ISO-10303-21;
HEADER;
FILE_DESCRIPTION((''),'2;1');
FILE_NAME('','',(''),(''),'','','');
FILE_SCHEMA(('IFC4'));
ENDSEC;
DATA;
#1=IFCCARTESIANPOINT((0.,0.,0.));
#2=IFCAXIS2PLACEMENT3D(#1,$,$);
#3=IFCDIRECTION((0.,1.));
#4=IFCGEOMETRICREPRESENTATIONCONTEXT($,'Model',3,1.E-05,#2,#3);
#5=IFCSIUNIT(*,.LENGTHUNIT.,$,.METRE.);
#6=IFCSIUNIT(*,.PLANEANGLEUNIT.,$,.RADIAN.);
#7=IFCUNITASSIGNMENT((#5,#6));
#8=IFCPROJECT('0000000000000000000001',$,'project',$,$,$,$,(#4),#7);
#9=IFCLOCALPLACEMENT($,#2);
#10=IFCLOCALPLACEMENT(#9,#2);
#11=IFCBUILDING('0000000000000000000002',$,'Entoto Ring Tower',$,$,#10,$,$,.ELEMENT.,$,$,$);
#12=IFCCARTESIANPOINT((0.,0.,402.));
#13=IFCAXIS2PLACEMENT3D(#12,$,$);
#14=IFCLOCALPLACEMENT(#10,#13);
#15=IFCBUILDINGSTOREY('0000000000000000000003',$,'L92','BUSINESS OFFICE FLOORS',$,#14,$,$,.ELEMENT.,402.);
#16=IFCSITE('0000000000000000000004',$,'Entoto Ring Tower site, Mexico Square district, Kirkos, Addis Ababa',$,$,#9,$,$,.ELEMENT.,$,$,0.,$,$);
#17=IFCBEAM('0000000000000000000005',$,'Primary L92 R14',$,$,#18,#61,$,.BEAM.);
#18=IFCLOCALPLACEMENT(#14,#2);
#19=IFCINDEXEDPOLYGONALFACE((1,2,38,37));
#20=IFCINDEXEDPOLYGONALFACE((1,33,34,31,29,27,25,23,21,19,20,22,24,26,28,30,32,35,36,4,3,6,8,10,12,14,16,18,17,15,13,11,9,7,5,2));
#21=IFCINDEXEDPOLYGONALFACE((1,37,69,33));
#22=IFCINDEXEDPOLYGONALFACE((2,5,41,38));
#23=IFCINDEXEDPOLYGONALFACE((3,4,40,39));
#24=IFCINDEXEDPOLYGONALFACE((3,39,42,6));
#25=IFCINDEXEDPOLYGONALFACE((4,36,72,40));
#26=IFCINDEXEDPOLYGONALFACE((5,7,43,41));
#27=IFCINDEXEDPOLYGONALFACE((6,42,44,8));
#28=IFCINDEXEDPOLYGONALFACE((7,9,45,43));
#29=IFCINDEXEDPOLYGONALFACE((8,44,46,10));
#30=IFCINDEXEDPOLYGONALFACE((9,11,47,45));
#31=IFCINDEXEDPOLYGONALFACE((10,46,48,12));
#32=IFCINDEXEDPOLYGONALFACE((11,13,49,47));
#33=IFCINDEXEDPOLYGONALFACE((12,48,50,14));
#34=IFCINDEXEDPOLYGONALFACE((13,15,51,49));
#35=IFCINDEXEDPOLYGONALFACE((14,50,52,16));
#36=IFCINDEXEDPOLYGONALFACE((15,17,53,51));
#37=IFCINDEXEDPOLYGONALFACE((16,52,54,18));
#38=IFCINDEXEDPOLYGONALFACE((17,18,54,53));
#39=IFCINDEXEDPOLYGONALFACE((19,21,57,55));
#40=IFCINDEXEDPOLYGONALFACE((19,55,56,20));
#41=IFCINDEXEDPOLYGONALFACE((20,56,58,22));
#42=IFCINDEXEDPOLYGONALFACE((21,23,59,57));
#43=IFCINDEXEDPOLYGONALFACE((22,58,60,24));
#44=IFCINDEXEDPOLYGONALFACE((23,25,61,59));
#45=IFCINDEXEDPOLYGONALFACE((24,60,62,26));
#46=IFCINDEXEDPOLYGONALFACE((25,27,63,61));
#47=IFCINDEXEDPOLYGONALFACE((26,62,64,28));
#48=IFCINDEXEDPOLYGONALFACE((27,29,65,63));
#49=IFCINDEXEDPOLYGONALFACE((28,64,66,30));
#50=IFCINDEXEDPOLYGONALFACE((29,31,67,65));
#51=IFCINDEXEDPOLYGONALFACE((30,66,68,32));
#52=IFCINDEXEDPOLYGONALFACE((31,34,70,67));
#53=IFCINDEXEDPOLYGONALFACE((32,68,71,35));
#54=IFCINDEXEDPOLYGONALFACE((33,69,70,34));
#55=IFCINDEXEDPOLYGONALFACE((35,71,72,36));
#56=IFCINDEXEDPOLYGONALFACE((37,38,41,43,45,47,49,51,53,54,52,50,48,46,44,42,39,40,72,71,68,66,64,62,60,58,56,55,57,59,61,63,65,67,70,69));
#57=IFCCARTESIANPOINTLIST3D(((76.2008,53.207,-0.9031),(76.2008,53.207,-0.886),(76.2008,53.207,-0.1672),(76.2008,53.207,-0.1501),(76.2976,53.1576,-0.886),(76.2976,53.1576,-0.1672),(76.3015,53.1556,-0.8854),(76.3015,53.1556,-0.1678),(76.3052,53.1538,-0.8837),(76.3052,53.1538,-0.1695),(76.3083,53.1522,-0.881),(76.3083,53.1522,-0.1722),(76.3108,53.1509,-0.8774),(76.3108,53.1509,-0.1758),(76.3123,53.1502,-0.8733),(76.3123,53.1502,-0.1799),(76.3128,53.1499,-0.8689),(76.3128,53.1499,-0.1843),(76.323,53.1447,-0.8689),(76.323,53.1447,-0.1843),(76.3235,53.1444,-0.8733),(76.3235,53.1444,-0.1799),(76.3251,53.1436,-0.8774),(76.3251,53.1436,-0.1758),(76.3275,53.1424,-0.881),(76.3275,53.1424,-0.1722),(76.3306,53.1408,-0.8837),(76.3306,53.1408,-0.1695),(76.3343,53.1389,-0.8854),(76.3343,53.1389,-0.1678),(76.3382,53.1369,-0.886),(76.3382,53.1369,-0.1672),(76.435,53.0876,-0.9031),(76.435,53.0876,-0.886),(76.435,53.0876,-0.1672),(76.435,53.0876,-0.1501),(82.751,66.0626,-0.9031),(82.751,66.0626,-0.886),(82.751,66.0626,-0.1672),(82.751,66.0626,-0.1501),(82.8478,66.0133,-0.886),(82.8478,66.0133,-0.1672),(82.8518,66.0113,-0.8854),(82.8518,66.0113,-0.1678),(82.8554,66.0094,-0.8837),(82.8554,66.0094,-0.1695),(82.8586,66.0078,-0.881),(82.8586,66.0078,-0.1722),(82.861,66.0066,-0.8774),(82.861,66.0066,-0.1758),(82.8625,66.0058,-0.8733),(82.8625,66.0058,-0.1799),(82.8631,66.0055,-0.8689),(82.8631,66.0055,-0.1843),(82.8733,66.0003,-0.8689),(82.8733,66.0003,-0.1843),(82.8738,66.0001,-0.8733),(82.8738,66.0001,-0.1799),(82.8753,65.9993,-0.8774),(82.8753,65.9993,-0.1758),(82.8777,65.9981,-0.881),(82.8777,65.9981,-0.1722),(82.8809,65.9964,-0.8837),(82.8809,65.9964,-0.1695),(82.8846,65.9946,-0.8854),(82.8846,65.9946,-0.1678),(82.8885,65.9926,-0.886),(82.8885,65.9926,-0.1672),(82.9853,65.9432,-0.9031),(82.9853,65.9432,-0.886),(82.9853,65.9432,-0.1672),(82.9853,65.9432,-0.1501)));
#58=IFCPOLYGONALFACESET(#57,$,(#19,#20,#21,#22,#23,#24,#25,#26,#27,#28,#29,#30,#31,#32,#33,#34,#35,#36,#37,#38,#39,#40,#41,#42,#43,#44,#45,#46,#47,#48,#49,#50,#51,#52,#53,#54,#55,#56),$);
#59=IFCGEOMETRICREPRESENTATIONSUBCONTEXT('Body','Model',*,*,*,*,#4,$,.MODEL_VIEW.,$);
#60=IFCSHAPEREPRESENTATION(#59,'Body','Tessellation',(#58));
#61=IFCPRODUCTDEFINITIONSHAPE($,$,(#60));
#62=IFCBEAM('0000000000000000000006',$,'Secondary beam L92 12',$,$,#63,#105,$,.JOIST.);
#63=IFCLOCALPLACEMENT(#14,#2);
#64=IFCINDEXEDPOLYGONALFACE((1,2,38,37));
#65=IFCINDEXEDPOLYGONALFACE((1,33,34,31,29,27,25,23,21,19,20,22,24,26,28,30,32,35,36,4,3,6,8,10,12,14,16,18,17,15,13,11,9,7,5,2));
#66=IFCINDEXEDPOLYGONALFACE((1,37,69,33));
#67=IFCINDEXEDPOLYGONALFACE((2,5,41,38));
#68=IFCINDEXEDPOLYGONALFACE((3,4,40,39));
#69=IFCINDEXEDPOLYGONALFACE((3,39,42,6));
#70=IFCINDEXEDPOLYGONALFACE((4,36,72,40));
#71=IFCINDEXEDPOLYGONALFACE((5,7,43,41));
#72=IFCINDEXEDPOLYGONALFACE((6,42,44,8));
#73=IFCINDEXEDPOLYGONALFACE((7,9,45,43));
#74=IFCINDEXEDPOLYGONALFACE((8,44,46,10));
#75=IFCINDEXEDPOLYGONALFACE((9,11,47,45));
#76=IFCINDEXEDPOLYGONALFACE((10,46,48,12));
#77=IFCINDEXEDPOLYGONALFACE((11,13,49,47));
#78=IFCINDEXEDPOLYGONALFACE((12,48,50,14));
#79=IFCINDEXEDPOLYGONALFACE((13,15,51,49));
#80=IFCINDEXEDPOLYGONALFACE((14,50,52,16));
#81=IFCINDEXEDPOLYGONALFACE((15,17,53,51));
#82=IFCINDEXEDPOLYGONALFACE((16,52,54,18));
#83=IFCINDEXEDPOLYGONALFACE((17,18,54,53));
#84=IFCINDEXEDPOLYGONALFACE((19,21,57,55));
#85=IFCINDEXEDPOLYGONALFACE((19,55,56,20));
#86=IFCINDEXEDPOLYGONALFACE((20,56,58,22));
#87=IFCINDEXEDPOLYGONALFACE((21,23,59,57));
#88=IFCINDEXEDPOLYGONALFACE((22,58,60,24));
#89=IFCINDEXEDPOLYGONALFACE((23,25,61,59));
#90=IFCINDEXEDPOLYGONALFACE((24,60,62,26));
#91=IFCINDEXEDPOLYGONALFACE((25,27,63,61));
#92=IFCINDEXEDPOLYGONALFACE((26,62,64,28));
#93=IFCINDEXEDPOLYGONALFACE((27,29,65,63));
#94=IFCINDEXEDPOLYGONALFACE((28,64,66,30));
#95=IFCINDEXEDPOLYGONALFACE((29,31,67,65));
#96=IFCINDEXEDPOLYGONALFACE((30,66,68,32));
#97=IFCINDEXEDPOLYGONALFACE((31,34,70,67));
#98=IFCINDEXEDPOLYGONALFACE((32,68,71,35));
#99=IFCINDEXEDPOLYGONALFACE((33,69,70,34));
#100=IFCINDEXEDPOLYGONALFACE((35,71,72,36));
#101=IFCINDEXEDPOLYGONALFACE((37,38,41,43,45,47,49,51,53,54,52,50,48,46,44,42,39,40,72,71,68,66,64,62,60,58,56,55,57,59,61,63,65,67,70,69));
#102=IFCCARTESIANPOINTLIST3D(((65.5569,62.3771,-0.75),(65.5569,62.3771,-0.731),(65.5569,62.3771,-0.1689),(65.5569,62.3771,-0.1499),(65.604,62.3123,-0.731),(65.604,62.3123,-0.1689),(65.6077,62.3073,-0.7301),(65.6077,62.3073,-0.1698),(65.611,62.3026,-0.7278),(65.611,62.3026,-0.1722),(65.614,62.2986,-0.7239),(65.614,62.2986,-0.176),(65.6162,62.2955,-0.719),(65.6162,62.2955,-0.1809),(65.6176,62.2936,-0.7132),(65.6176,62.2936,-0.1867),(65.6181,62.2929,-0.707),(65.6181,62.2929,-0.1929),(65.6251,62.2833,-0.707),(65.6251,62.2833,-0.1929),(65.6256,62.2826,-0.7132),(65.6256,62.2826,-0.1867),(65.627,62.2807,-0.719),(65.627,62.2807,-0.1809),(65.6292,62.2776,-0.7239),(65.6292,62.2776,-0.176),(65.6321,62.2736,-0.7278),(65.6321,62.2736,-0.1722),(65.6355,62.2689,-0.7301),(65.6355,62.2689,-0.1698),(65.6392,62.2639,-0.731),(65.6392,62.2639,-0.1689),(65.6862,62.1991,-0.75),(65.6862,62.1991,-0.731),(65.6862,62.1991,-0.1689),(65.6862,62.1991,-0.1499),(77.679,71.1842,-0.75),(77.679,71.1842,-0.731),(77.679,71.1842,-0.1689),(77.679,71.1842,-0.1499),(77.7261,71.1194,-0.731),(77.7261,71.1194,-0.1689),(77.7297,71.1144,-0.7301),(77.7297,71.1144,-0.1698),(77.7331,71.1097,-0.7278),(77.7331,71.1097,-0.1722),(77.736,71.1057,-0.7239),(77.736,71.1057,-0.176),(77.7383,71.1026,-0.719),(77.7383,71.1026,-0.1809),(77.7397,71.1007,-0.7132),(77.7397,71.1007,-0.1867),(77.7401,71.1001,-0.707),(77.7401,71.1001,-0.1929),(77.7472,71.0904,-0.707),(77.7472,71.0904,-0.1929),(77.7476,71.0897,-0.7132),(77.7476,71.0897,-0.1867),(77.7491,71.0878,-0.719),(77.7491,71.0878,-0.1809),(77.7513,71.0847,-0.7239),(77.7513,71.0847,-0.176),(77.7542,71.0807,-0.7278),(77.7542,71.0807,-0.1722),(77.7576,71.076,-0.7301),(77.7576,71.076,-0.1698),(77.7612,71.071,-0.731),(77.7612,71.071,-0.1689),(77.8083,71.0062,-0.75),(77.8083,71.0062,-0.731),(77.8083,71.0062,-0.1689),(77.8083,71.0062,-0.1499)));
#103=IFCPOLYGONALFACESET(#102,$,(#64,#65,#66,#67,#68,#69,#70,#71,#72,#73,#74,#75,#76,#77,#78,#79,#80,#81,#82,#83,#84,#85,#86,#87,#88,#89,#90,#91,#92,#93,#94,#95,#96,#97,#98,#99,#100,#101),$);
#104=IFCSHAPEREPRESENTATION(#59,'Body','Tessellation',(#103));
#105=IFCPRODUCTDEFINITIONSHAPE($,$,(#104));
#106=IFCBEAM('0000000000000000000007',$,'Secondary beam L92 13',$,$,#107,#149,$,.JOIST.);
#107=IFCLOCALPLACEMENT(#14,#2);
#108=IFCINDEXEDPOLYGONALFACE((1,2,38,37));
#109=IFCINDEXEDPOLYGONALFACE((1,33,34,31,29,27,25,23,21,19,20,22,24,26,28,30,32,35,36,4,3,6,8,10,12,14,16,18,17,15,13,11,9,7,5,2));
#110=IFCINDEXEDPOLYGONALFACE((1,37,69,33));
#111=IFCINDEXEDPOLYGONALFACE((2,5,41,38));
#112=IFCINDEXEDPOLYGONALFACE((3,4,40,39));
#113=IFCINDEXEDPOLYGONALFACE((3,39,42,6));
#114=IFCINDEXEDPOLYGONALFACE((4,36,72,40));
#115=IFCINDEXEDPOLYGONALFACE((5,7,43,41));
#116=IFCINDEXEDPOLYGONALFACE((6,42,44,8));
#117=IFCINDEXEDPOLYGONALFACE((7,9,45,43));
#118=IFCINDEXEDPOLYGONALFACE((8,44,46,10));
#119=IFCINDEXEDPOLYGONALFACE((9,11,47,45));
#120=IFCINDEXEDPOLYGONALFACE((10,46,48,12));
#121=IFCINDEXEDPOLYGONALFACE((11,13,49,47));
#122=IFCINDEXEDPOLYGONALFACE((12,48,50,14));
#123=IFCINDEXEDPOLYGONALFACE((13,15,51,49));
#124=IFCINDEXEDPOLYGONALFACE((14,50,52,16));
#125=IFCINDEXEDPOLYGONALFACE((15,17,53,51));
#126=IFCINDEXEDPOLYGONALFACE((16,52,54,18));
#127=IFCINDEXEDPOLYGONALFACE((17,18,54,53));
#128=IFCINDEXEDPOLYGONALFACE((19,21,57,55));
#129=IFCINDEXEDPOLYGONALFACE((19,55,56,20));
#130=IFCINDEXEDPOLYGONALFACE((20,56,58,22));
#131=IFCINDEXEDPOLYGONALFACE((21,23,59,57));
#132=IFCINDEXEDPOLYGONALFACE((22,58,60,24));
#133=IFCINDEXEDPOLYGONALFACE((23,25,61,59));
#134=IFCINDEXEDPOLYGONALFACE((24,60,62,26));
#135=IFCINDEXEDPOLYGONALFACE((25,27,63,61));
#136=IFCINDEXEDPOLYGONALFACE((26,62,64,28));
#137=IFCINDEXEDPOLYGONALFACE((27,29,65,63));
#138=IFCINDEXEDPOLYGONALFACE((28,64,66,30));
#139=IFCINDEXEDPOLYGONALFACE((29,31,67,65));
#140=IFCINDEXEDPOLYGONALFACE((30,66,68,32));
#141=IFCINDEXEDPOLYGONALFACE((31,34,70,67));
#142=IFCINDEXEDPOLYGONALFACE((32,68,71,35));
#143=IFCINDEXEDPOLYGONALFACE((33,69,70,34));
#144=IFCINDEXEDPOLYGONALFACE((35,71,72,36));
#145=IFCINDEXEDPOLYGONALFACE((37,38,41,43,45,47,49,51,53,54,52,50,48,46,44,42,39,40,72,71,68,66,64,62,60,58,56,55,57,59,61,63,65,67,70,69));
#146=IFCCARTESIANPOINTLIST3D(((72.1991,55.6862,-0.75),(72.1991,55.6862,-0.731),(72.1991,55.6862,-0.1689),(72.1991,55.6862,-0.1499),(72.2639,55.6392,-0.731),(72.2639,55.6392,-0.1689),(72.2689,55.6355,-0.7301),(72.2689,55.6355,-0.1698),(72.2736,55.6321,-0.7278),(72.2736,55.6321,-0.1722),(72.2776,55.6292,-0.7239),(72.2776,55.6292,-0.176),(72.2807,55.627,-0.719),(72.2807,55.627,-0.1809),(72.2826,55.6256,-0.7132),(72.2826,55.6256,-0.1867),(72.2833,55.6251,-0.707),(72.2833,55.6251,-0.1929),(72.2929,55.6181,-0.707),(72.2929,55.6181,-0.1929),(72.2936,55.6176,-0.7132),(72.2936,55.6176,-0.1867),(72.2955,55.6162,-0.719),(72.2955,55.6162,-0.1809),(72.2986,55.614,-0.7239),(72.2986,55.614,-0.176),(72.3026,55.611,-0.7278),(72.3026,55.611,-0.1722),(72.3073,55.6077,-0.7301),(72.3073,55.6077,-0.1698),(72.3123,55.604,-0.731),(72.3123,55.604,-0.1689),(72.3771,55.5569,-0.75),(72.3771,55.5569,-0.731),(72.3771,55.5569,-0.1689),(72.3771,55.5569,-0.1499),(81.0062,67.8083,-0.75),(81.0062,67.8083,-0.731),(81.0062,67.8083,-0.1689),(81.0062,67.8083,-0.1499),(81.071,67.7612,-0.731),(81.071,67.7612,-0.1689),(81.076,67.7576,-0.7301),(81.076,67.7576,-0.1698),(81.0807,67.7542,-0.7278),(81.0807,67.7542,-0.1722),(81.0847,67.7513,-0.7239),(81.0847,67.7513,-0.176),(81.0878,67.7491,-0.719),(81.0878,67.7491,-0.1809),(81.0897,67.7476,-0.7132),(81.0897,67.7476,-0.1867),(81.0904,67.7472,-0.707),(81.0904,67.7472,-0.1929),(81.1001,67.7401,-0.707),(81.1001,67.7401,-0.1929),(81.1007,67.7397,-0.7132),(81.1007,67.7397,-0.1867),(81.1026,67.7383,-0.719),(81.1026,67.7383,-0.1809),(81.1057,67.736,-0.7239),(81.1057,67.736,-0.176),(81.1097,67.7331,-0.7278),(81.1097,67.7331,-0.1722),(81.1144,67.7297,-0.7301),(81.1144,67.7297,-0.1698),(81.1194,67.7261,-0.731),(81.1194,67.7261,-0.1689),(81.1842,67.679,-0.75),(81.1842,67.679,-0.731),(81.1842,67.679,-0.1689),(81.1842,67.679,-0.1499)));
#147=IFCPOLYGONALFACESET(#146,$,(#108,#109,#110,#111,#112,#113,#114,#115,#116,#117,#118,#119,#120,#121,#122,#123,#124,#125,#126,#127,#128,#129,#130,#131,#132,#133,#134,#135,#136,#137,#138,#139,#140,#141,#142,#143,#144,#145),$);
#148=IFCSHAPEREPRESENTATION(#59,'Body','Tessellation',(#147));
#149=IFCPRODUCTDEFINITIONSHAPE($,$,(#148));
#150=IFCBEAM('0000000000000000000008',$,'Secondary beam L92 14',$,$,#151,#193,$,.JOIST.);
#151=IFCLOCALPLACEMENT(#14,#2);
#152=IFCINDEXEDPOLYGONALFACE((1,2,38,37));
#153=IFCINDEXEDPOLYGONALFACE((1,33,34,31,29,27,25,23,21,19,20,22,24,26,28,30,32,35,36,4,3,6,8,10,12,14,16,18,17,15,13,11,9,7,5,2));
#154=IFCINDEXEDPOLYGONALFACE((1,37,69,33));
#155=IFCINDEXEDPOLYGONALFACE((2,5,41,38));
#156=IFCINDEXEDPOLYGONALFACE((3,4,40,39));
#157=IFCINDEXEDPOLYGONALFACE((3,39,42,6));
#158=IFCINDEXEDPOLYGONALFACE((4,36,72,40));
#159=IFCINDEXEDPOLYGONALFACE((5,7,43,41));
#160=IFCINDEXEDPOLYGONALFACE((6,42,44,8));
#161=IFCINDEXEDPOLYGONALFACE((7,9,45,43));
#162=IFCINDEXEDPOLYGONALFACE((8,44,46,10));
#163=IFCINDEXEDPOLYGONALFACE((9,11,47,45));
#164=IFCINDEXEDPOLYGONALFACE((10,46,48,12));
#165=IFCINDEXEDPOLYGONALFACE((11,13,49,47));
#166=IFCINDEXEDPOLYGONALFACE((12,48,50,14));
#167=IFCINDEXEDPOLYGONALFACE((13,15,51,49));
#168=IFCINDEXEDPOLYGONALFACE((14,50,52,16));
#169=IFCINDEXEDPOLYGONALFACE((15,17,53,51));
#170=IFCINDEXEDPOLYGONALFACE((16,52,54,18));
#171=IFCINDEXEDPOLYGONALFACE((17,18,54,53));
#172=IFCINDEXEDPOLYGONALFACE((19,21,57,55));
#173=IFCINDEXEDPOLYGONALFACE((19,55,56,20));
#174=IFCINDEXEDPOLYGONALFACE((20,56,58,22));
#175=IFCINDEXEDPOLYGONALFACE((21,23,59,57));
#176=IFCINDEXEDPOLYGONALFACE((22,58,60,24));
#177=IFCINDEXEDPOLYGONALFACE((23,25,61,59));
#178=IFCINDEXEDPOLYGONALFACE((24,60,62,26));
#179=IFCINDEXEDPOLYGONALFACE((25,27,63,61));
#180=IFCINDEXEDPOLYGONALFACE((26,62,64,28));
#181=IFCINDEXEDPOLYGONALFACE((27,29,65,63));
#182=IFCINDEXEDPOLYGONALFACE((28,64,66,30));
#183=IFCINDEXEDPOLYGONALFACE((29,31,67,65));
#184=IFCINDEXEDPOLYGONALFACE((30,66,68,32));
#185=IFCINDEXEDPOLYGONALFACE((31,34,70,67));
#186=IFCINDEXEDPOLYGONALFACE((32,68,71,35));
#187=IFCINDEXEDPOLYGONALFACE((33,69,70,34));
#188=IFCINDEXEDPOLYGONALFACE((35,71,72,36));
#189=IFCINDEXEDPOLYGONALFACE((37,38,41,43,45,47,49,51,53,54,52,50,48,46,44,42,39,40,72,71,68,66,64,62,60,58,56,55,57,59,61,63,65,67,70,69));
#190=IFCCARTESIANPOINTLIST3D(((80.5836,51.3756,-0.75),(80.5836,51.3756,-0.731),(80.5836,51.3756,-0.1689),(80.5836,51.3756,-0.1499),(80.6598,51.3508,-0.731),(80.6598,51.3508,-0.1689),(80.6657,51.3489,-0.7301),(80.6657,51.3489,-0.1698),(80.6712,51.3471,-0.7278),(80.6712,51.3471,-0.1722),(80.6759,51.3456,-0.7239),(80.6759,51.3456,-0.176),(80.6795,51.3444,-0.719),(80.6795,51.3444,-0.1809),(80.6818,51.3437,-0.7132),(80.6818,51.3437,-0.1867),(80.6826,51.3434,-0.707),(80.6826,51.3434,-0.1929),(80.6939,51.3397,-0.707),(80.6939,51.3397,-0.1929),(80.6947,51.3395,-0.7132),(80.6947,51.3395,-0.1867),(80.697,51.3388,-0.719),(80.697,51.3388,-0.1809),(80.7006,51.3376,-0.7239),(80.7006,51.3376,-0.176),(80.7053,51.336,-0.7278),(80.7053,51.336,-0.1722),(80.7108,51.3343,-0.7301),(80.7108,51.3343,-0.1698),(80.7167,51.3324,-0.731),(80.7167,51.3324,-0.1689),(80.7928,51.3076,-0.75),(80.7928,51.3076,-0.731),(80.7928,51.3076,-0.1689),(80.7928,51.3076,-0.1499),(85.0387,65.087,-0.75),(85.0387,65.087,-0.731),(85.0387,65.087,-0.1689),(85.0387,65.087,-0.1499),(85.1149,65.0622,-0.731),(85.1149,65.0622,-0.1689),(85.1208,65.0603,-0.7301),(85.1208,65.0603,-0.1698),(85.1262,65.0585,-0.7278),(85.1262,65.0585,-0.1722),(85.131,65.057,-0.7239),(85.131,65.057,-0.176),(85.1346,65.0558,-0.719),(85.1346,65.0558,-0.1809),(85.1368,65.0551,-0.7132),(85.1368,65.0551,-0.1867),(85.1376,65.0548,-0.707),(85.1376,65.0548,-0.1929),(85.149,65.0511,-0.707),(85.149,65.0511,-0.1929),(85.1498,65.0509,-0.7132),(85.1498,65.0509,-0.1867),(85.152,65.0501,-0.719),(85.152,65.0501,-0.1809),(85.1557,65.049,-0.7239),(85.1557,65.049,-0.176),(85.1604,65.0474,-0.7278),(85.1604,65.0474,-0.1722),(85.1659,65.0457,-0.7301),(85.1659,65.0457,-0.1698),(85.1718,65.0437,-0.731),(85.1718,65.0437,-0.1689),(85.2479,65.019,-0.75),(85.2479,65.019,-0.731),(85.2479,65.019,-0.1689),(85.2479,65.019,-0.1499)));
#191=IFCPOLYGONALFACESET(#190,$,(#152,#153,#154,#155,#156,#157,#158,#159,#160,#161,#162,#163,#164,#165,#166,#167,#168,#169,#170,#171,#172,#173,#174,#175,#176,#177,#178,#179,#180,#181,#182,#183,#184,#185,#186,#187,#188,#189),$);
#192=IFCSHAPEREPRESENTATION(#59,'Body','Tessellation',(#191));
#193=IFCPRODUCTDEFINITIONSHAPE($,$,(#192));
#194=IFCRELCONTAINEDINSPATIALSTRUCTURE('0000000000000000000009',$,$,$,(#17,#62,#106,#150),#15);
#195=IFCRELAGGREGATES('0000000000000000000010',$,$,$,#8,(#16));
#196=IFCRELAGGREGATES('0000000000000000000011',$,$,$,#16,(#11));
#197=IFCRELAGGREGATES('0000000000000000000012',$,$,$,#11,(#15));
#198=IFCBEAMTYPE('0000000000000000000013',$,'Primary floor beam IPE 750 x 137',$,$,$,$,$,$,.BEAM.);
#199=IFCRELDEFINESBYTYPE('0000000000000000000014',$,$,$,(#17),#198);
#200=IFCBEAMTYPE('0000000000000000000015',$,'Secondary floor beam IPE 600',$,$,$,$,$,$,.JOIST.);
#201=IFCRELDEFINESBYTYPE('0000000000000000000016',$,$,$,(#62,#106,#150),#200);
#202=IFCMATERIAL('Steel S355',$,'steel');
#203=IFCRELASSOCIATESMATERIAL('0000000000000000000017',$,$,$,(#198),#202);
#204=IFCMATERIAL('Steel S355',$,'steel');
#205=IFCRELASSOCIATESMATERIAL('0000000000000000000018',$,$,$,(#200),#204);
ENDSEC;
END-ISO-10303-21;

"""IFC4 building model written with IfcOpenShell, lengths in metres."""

from ifc_helpers import new_model, si_unit, direction, frame, origin, origin_2d, place, context, subcontext, project, spatial, i_section, extrude, material, material_profile, profile_set, type_object, element, save


model = new_model("IFC4")

# Units and contexts
model_context = context("Model", 3, precision=1e-05, world=origin(), true_north=direction((0.0, 1.0)))
body_context = subcontext(model_context, "Body", "Model", "MODEL_VIEW")
ifc_project = project(units=[si_unit("LENGTHUNIT", "METRE"), si_unit("PLANEANGLEUNIT", "RADIAN")], contexts=[model_context])

# Site, building, storey
site_placement = place(None, origin())
site = spatial("IfcSite", under=ifc_project, at=site_placement, Name="Entoto Ring Tower site, Mexico Square district, Kirkos, Addis Ababa", CompositionType="ELEMENT", RefElevation=0.0)
building_placement = place(site_placement, origin())
building = spatial("IfcBuilding", under=site, at=building_placement, Name="Entoto Ring Tower", CompositionType="ELEMENT")
storey_placement = place(building_placement, frame((0.0, 0.0, 402.0)))
storey = spatial("IfcBuildingStorey", under=building, at=storey_placement, Name="L92", Description="BUSINESS OFFICE FLOORS", CompositionType="ELEMENT", Elevation=402.0)

# Beams
ifc_material_1 = material(Name="Steel S355", Category="steel")
ifc_material_profile_1 = material_profile(ifc_material_1, i_section(OverallWidth=0.2629, OverallDepth=0.7529, WebThickness=0.0115, FlangeThickness=0.0171, FilletRadius=0.0171, at=origin_2d()), Name="IPE 750 x 137")
ifc_profile_set_1 = profile_set([ifc_material_profile_1], Name="Steel S355")
beam_type_1 = type_object("IfcBeamType", Name="Primary floor beam IPE 750 x 137", PredefinedType="BEAM", material=ifc_profile_set_1)
beam_1_placement = place(storey_placement, frame((82.8682, 66.0029, -0.5266), z_axis=(-0.453989, -0.891007, 0.0), x_axis=(0.891007, -0.453989, 0.0)))
element("IfcBeam", 1, at=beam_1_placement, inside=storey, type_object=beam_type_1, Name="Primary L92 R14", PredefinedType="BEAM", context=body_context, shape_type="SweptSolid", body=[
    extrude(i_section(OverallWidth=0.2629, OverallDepth=0.7529, WebThickness=0.0115, FlangeThickness=0.0171, FilletRadius=0.0171, at=origin_2d()), origin(), (0.0, 0.0, 1.0), 14.4282),
])
ifc_material_2 = material(Name="Steel S355", Category="steel")
ifc_material_profile_2 = material_profile(ifc_material_2, i_section(OverallWidth=0.22, OverallDepth=0.6001, WebThickness=0.012, FlangeThickness=0.019, FilletRadius=0.0239, at=origin_2d()), Name="IPE 600")
ifc_profile_set_2 = profile_set([ifc_material_profile_2], Name="Steel S355")
beam_type_2 = type_object("IfcBeamType", Name="Secondary floor beam IPE 600", PredefinedType="JOIST", material=ifc_profile_set_2)
for number, where, z_axis, x_axis, name in (
    (2, (77.7437, 71.0952, -0.45), (-0.809019, -0.587782, 0.0), (0.587782, -0.809019, 0.0), "Secondary beam L92 12"),
    (3, (81.0952, 67.7437, -0.45), (-0.587782, -0.809019, 0.0), (0.809019, -0.587782, 0.0), "Secondary beam L92 13"),
):
    element("IfcBeam", number, at=place(storey_placement, frame(where, z_axis=z_axis, x_axis=x_axis)), inside=storey, type_object=beam_type_2, Name=name, PredefinedType="JOIST", context=body_context, shape_type="SweptSolid", body=[
        extrude(i_section(OverallWidth=0.22, OverallDepth=0.6001, WebThickness=0.012, FlangeThickness=0.019, FilletRadius=0.0239, at=origin_2d()), origin(), (0.0, 0.0, 1.0), 14.9836),
    ])
beam_2_placement = place(storey_placement, frame((85.1433, 65.053, -0.45), z_axis=(-0.309015, -0.951057, 0.0), x_axis=(0.951057, -0.309015, 0.0)))
element("IfcBeam", 4, at=beam_2_placement, inside=storey, type_object=beam_type_2, Name="Secondary beam L92 14", PredefinedType="JOIST", context=body_context, shape_type="SweptSolid", body=[
    extrude(i_section(OverallWidth=0.22, OverallDepth=0.6001, WebThickness=0.012, FlangeThickness=0.019, FilletRadius=0.0239, at=origin_2d()), origin(), (0.0, 0.0, 1.0), 14.417),
])

save(model, "model.ifc")
